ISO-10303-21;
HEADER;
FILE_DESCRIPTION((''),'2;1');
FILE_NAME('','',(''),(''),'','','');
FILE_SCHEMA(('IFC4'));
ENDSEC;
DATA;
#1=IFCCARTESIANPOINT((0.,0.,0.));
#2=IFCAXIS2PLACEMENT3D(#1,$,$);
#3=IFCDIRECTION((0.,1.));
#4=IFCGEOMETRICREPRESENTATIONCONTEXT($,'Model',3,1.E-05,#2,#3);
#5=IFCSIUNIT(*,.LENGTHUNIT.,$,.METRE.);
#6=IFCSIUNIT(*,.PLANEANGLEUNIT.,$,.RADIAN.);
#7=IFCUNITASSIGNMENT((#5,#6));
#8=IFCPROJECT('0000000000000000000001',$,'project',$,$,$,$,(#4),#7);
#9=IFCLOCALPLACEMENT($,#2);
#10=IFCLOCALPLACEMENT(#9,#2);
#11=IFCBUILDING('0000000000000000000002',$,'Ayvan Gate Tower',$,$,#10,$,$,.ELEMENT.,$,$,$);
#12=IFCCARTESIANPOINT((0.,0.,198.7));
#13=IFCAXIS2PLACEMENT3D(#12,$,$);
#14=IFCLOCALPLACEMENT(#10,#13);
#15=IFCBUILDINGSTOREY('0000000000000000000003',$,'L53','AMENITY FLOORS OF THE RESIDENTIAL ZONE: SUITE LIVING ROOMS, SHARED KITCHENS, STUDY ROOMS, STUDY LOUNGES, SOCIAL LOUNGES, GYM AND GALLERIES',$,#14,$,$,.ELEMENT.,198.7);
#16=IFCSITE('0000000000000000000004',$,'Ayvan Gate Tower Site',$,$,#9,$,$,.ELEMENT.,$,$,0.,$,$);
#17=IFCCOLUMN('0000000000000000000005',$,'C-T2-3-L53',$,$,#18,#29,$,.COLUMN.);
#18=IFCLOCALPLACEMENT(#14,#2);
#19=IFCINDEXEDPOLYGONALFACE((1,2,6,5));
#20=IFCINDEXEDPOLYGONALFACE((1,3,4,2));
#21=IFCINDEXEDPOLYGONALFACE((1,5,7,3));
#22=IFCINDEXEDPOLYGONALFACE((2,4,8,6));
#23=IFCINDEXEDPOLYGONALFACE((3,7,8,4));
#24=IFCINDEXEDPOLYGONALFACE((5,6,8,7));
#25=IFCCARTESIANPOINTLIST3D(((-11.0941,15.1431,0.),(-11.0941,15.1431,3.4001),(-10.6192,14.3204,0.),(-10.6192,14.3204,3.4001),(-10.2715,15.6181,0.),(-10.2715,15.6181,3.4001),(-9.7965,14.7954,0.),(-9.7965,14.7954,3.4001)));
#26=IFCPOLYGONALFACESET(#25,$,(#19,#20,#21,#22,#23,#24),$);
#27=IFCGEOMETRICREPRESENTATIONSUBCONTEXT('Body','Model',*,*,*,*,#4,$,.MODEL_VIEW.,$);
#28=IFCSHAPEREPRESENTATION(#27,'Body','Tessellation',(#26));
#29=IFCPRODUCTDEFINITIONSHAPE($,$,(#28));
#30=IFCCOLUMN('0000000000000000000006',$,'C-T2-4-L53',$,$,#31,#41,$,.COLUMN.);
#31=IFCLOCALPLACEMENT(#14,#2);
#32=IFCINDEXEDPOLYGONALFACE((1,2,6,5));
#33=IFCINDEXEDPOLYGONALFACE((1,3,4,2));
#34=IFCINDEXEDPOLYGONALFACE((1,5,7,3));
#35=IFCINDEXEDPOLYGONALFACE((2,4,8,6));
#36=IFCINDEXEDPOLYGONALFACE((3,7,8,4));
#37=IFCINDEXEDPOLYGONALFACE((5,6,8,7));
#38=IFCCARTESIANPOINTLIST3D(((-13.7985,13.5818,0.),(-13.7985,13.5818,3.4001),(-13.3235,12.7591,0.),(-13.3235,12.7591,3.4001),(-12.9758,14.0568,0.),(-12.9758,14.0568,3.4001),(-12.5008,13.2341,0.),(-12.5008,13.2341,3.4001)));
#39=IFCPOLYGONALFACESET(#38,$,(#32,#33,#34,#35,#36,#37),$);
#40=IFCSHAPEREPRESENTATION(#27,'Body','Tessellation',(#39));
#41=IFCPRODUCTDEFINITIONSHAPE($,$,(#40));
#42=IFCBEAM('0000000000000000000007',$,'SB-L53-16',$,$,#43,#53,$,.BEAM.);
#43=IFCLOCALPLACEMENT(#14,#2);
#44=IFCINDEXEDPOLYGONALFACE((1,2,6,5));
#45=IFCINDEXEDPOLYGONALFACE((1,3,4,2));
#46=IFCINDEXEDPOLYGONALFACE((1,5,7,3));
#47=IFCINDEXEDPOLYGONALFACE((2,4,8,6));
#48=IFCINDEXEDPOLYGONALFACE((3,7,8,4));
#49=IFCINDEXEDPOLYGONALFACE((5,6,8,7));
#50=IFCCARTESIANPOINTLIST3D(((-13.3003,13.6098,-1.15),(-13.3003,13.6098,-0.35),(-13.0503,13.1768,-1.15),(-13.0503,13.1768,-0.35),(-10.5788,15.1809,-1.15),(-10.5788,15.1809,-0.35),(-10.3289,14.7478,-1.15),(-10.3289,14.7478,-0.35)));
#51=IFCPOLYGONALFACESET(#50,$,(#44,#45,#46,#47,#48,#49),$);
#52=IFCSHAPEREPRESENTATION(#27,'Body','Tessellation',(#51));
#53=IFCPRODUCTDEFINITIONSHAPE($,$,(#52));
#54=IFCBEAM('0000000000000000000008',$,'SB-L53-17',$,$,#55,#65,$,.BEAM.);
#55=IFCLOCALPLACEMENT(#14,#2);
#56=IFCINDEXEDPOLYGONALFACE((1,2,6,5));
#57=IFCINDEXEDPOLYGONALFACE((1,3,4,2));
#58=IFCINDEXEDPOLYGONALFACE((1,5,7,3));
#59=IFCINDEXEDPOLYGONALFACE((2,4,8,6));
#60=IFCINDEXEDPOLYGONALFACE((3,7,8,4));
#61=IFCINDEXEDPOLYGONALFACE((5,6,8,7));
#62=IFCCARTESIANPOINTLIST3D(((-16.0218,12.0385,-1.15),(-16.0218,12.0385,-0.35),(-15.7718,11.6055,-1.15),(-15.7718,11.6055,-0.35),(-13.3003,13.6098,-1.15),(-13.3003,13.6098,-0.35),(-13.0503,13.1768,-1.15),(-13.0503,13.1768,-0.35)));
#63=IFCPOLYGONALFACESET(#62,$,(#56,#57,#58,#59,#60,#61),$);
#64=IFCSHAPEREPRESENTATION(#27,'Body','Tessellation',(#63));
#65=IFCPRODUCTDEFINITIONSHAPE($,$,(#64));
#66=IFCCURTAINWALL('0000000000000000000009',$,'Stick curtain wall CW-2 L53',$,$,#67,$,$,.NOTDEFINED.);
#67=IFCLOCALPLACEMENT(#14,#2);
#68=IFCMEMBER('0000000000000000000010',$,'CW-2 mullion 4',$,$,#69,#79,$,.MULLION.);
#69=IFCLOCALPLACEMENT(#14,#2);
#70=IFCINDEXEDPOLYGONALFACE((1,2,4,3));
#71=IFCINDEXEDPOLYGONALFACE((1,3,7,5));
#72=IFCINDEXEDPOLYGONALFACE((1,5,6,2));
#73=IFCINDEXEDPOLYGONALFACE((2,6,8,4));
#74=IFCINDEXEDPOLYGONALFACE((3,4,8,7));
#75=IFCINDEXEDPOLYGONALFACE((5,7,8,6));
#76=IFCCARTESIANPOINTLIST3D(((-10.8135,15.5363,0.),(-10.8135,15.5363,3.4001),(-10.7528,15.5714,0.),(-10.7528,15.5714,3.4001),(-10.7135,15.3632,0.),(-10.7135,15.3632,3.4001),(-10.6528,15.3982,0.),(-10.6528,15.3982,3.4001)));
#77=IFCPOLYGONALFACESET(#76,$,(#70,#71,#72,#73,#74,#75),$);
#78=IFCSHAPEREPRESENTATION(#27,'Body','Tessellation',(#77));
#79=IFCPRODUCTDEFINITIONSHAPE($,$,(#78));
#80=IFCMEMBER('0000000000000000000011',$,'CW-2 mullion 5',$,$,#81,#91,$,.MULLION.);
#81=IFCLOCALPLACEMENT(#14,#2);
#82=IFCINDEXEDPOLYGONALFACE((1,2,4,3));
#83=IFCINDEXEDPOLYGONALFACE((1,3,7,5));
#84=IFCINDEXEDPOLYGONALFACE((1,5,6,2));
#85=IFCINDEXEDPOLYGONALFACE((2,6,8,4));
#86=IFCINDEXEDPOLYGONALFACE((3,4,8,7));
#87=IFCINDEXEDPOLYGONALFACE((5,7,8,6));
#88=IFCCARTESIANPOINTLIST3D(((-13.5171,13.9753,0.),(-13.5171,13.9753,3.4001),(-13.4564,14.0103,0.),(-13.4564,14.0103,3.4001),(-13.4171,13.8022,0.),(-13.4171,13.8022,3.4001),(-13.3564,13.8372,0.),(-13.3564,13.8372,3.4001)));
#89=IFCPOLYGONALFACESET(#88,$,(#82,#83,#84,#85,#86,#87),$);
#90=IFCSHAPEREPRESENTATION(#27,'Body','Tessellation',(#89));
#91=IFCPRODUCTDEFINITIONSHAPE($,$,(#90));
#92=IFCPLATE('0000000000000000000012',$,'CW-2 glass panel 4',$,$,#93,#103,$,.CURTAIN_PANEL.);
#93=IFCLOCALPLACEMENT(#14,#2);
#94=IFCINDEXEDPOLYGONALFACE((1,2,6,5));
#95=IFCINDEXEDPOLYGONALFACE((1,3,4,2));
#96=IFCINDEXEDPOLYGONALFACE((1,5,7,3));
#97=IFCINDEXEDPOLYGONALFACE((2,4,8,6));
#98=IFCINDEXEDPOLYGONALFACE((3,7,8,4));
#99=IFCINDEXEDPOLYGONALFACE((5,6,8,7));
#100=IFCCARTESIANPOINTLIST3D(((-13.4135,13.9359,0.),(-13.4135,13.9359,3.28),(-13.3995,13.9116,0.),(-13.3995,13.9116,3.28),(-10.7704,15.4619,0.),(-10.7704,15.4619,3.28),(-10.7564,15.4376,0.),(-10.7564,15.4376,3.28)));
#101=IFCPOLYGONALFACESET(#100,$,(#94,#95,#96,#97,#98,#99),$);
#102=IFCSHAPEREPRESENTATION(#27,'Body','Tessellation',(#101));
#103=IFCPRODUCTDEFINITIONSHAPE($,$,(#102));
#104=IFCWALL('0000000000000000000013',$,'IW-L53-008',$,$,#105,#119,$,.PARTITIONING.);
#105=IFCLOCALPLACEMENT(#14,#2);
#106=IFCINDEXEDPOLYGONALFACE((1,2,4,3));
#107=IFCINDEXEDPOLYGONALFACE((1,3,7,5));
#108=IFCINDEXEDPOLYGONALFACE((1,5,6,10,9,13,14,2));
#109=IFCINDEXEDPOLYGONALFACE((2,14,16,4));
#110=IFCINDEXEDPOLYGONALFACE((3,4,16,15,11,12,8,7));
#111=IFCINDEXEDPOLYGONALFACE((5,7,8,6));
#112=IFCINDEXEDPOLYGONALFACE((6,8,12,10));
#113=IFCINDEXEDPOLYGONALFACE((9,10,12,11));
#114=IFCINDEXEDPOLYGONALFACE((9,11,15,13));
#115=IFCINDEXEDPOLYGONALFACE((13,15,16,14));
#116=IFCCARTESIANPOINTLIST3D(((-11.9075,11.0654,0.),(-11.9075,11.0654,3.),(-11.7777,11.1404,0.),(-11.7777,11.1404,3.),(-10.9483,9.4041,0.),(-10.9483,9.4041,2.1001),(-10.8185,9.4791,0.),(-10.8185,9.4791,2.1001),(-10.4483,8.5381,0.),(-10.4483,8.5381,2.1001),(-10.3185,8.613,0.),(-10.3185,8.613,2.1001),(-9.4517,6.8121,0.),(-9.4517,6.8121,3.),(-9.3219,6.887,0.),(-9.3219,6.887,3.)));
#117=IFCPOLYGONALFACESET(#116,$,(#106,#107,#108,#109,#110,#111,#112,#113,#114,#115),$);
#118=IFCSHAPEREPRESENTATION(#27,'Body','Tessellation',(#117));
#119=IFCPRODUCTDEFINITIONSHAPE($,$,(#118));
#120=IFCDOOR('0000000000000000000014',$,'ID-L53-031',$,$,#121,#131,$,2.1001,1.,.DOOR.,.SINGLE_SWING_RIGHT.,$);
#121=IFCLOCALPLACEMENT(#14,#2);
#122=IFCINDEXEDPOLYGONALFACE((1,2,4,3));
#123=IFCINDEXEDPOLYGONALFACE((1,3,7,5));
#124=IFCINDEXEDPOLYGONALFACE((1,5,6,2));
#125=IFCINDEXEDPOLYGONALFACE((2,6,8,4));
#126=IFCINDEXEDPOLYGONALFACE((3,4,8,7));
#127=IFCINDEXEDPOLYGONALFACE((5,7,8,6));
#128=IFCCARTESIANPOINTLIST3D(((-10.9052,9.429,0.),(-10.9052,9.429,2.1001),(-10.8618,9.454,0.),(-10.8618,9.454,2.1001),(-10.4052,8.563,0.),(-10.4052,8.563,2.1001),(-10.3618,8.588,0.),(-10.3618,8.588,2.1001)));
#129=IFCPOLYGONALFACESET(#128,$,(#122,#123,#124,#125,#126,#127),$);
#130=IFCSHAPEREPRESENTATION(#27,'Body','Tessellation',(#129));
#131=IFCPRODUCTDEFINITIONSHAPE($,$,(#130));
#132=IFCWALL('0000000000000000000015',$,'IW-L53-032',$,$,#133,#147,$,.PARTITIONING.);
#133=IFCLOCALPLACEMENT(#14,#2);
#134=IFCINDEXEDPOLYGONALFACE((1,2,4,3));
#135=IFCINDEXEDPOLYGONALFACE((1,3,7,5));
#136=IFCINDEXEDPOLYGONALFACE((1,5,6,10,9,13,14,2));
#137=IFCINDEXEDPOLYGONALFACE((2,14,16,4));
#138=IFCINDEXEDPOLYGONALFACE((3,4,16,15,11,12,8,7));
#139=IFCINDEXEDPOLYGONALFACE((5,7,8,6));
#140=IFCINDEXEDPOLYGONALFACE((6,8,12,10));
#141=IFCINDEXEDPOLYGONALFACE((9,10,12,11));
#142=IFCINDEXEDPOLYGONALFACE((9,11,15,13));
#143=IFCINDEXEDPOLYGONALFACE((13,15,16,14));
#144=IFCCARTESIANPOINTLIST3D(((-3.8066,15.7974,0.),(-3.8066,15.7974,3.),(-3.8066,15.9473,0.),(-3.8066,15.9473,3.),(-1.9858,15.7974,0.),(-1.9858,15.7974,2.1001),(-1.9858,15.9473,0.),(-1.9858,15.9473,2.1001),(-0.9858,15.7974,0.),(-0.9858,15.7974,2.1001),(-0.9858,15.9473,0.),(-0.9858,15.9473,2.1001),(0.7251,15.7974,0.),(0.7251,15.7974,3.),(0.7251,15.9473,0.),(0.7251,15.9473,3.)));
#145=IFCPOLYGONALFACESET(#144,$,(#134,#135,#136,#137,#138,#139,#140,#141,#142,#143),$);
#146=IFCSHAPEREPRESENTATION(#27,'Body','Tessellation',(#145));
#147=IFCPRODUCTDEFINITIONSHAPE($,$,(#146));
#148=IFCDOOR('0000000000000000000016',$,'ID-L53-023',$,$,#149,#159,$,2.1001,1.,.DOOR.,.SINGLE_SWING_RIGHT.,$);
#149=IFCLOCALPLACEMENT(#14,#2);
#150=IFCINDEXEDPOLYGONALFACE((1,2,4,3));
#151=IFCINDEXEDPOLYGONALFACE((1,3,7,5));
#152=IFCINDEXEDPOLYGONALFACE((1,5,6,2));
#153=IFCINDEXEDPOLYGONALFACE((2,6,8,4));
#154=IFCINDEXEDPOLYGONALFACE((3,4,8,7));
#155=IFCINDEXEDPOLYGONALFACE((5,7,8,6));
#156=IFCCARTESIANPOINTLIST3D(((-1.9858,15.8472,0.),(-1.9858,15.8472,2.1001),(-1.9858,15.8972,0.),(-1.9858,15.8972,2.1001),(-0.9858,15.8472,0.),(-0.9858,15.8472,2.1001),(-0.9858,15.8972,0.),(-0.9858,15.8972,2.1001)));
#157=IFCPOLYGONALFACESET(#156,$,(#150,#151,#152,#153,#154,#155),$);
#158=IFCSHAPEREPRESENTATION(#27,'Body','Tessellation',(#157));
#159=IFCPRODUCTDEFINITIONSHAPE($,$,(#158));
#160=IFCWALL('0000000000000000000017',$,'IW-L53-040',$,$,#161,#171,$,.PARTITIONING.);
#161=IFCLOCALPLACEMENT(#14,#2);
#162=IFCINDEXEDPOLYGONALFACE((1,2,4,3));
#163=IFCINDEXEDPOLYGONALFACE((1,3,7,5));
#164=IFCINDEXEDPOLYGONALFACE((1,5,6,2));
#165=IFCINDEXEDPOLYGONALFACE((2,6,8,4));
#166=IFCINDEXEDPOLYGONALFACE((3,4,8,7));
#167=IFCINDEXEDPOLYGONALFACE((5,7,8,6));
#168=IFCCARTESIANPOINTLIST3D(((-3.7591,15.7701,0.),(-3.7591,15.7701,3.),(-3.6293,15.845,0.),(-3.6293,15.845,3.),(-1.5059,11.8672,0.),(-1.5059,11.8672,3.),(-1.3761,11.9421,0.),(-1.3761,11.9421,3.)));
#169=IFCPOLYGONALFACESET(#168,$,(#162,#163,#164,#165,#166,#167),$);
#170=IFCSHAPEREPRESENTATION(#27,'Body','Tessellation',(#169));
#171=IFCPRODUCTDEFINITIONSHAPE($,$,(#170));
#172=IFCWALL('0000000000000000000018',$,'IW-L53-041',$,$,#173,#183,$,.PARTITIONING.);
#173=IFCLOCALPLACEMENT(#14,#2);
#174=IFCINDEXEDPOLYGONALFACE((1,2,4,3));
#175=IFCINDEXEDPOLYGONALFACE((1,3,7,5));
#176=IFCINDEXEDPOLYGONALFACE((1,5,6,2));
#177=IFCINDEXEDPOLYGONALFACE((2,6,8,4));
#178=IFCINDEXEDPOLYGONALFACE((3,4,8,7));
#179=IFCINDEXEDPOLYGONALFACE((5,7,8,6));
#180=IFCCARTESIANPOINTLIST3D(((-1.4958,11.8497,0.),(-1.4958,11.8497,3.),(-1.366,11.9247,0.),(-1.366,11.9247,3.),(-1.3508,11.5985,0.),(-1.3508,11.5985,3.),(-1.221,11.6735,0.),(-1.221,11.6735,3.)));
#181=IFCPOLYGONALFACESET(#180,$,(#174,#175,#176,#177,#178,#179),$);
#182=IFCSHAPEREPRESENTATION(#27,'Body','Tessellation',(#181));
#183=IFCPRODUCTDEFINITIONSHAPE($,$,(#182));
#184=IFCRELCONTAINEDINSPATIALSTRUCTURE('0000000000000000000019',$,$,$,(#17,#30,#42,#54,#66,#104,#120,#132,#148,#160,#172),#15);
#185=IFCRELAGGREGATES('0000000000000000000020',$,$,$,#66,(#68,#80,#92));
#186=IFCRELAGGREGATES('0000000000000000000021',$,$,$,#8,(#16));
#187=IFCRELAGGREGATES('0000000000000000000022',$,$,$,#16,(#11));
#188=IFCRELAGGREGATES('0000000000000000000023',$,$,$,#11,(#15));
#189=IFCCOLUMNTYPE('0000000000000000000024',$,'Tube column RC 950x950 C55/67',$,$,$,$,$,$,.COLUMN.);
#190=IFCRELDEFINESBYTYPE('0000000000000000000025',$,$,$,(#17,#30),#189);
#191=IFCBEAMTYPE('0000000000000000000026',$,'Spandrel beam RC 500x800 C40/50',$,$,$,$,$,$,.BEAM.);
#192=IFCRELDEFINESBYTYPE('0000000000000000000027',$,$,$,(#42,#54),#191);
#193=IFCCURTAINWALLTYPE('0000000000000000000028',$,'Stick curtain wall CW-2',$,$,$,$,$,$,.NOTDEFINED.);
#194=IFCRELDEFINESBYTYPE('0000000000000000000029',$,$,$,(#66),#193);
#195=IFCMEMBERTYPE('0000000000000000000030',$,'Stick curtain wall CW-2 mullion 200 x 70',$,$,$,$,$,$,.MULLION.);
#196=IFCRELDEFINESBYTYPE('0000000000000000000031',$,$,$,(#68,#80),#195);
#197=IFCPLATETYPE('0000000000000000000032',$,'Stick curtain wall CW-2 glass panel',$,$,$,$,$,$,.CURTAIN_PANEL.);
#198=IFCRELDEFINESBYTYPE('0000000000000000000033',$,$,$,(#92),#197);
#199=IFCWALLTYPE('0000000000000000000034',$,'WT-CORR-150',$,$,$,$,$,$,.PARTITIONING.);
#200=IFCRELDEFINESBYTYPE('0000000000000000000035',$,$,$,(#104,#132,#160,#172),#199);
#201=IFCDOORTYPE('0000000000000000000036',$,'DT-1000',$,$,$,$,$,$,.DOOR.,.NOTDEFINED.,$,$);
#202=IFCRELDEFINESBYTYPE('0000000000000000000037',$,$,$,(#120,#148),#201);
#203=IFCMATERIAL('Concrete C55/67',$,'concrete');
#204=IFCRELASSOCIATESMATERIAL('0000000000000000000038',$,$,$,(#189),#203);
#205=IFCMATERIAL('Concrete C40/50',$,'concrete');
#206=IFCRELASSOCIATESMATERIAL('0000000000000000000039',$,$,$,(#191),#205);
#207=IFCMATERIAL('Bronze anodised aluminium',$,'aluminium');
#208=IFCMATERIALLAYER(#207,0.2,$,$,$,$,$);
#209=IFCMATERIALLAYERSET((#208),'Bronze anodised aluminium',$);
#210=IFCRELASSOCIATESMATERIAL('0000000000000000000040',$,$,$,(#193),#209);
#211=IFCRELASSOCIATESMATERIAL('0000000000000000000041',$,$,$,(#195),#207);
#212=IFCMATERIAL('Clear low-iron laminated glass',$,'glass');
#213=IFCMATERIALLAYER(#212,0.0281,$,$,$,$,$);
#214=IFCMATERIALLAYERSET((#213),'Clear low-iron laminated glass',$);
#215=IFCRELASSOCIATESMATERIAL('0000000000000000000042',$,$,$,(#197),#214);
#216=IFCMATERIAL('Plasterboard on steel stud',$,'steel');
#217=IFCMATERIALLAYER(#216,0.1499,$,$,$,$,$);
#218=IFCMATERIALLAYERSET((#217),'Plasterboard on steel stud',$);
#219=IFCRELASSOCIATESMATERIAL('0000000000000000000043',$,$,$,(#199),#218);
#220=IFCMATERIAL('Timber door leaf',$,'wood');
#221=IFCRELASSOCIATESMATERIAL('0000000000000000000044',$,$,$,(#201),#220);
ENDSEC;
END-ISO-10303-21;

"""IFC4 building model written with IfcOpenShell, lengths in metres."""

from ifc_helpers import new_model, si_unit, direction, frame, frame_2d, origin, origin_2d, place, context, subcontext, project, spatial, rectangle, extrude, material, layer, layer_set, material_profile, profile_set, type_object, element, fill, aggregate, save


model = new_model("IFC4")

# Units and contexts
model_context = context("Model", 3, precision=1e-05, world=origin(), true_north=direction((0.0, 1.0)))
body_context = subcontext(model_context, "Body", "Model", "MODEL_VIEW")
ifc_project = project(units=[si_unit("LENGTHUNIT", "METRE"), si_unit("PLANEANGLEUNIT", "RADIAN")], contexts=[model_context])

# Site, building, storey
site_placement = place(None, origin())
site = spatial("IfcSite", under=ifc_project, at=site_placement, Name="Ayvan Gate Tower Site", CompositionType="ELEMENT", RefElevation=0.0)
building_placement = place(site_placement, origin())
building = spatial("IfcBuilding", under=site, at=building_placement, Name="Ayvan Gate Tower", CompositionType="ELEMENT")
storey_placement = place(building_placement, frame((0.0, 0.0, 198.7)))
storey = spatial("IfcBuildingStorey", under=building, at=storey_placement, Name="L53", Description="AMENITY FLOORS OF THE RESIDENTIAL ZONE: SUITE LIVING ROOMS, SHARED KITCHENS, STUDY ROOMS, STUDY LOUNGES, SOCIAL LOUNGES, GYM AND GALLERIES", CompositionType="ELEMENT", Elevation=198.7)

# Columns
ifc_material_1 = material(Name="Concrete C55/67", Category="concrete")
ifc_material_profile_1 = material_profile(ifc_material_1, rectangle(XDim=0.95, YDim=0.95, at=origin_2d()), Name="RC 950x950")
ifc_profile_set_1 = profile_set([ifc_material_profile_1], Name="Concrete C55/67")
column_type = type_object("IfcColumnType", Name="Tube column RC 950x950 C55/67", PredefinedType="COLUMN", material=ifc_profile_set_1)
for number, where, z_axis, x_axis, name in (
    (1, (-10.4453, 14.9692, 0.0), (0.0, 0.0, 1.0), (-0.5, 0.866025, 0.0), "C-T2-3-L53"),
    (2, (-13.1497, 13.408, 0.0), (0.0, 0.0, 1.0), (-0.5, 0.866025, 0.0), "C-T2-4-L53"),
):
    element("IfcColumn", number, at=place(storey_placement, frame(where, z_axis=z_axis, x_axis=x_axis)), inside=storey, type_object=column_type, Name=name, PredefinedType="COLUMN", context=body_context, shape_type="SweptSolid", body=[
        extrude(rectangle(XDim=0.95, YDim=0.95, at=origin_2d()), origin(), (0.0, 0.0, 1.0), 3.4001),
    ])

# Beams
ifc_material_2 = material(Name="Concrete C40/50", Category="concrete")
ifc_material_profile_2 = material_profile(ifc_material_2, rectangle(XDim=0.5, YDim=0.8, at=origin_2d()), Name="RC 500x800")
ifc_profile_set_2 = profile_set([ifc_material_profile_2], Name="Concrete C40/50")
beam_type = type_object("IfcBeamType", Name="Spandrel beam RC 500x800 C40/50", PredefinedType="BEAM", material=ifc_profile_set_2)
beam_1_placement = place(storey_placement, frame((-10.4539, 14.9644, -0.75), z_axis=(-0.86605, -0.499958, 0.0), x_axis=(0.499958, -0.86605, 0.0)))
element("IfcBeam", 3, at=beam_1_placement, inside=storey, type_object=beam_type, Name="SB-L53-16", PredefinedType="BEAM", context=body_context, shape_type="SweptSolid", body=[
    extrude(rectangle(XDim=0.5, YDim=0.8, at=origin_2d()), origin(), (0.0, 0.0, 1.0), 3.1423),
])
beam_2_placement = place(storey_placement, frame((-13.1753, 13.3933, -0.75), z_axis=(-0.866016, -0.500016, 0.0), x_axis=(0.500016, -0.866016, 0.0)))
element("IfcBeam", 4, at=beam_2_placement, inside=storey, type_object=beam_type, Name="SB-L53-17", PredefinedType="BEAM", context=body_context, shape_type="SweptSolid", body=[
    extrude(rectangle(XDim=0.5, YDim=0.8, at=origin_2d()), origin(), (0.0, 0.0, 1.0), 3.1426),
])

# Curtain wall, members, plate
ifc_material_3 = material(Name="Bronze anodised aluminium", Category="aluminium")
ifc_layer_1 = layer(ifc_material_3, 0.2)
ifc_layer_set_1 = layer_set([ifc_layer_1], Name="Bronze anodised aluminium")
curtain_wall_type = type_object("IfcCurtainWallType", Name="Stick curtain wall CW-2", PredefinedType="NOTDEFINED", material=ifc_layer_set_1)
curtain_wall_placement = place(storey_placement, origin())
curtain_wall = element("IfcCurtainWall", 5, at=curtain_wall_placement, inside=storey, type_object=curtain_wall_type, Name="Stick curtain wall CW-2 L53", PredefinedType="NOTDEFINED")
ifc_material_profile_3 = material_profile(ifc_material_3, rectangle(XDim=0.2, YDim=0.0701, at=origin_2d()), Name="Stick curtain wall CW-2 mullion 200 x 70")
ifc_profile_set_3 = profile_set([ifc_material_profile_3], Name="Bronze anodised aluminium")
member_type = type_object("IfcMemberType", Name="Stick curtain wall CW-2 mullion 200 x 70", PredefinedType="MULLION", material=ifc_profile_set_3)
member_1_placement = place(storey_placement, frame((-10.7332, 15.4673, 0.0), z_axis=(0.0, 0.0, 1.0), x_axis=(-0.5, 0.866025, 0.0)))
member_1 = element("IfcMember", 6, at=member_1_placement, type_object=member_type, Name="CW-2 mullion 4", PredefinedType="MULLION", context=body_context, shape_type="SweptSolid", body=[
    extrude(rectangle(XDim=0.2, YDim=0.0701, at=origin_2d()), origin(), (0.0, 0.0, 1.0), 3.4001),
])
member_2_placement = place(storey_placement, frame((-13.4368, 13.9062, 0.0), z_axis=(0.0, 0.0, 1.0), x_axis=(-0.5, 0.866025, 0.0)))
member_2 = element("IfcMember", 7, at=member_2_placement, type_object=member_type, Name="CW-2 mullion 5", PredefinedType="MULLION", context=body_context, shape_type="SweptSolid", body=[
    extrude(rectangle(XDim=0.2, YDim=0.0701, at=origin_2d()), origin(), (0.0, 0.0, 1.0), 3.4001),
])
ifc_material_4 = material(Name="Clear low-iron laminated glass", Category="glass")
ifc_layer_2 = layer(ifc_material_4, 0.0281)
ifc_layer_set_2 = layer_set([ifc_layer_2], Name="Clear low-iron laminated glass")
plate_type = type_object("IfcPlateType", Name="Stick curtain wall CW-2 glass panel", PredefinedType="CURTAIN_PANEL", material=ifc_layer_set_2)
plate_placement = place(storey_placement, frame((-12.085, 14.6868, 0.0), z_axis=(0.0, 0.0, 1.0), x_axis=(-0.866025, -0.5, 0.0)))
plate = element("IfcPlate", 8, at=plate_placement, type_object=plate_type, Name="CW-2 glass panel 4", PredefinedType="CURTAIN_PANEL", context=body_context, shape_type="SweptSolid", body=[
    extrude(rectangle(XDim=3.052, YDim=0.0281, at=origin_2d()), origin(), (0.0, 0.0, 1.0), 3.28),
])
aggregate(curtain_wall, [member_1, member_2, plate])

# Walls, openings, doors
ifc_material_5 = material(Name="Plasterboard on steel stud", Category="steel")
ifc_layer_3 = layer(ifc_material_5, 0.1499)
ifc_layer_set_3 = layer_set([ifc_layer_3], Name="Plasterboard on steel stud")
wall_type_1 = type_object("IfcWallType", Name="WT-CORR-150", PredefinedType="PARTITIONING", material=ifc_layer_set_3)
wall_1_placement = place(storey_placement, frame((-11.8425, 11.1028, 0.0), z_axis=(0.0, 0.0, 1.0), x_axis=(0.500015, -0.866017, 0.0)))
wall_1 = element("IfcWall", 9, at=wall_1_placement, inside=storey, type_object=wall_type_1, Name="IW-L53-008", PredefinedType="PARTITIONING", context=body_context, shape_type="SweptSolid", body=[
    extrude(rectangle(XDim=4.9114, YDim=0.1499, at=frame_2d((2.4556, 0.0))), origin(), (0.0, 0.0, 1.0), 3.0),
])
opening_1_placement = place(wall_1_placement, frame((1.9182, 0.0, 0.0)))
opening_1 = element("IfcOpeningElement", 10, at=opening_1_placement, cuts=wall_1, PredefinedType="OPENING", context=body_context, shape_type="SweptSolid", body=[
    extrude(rectangle(XDim=1.0, YDim=2.1001, at=frame_2d((0.5, 1.05))), frame((0.0, 0.085, 0.0), z_axis=(0.0, -1.0, 0.0), x_axis=(1.0, 0.0, 0.0)), (0.0, 0.0, 1.0), 0.1699),
])
ifc_material_6 = material(Name="Timber door leaf", Category="wood")
door_type = type_object("IfcDoorType", Name="DT-1000", OperationType="NOTDEFINED", PredefinedType="DOOR", material=ifc_material_6)
door_1_placement = place(opening_1_placement, origin())
door_1 = element("IfcDoor", 11, at=door_1_placement, inside=storey, type_object=door_type, Name="ID-L53-031", OperationType="SINGLE_SWING_RIGHT", OverallHeight=2.1001, OverallWidth=1.0, PredefinedType="DOOR", context=body_context, shape_type="SweptSolid", body=[
    extrude(rectangle(XDim=1.0, YDim=2.1001, at=frame_2d((0.5, 1.05))), frame((0.0, 0.0249, 0.0), z_axis=(0.0, -1.0, 0.0), x_axis=(1.0, 0.0, 0.0)), (0.0, 0.0, 1.0), 0.05),
])
fill(opening_1, door_1)
wall_2_placement = place(storey_placement, frame((-3.8066, 15.8723, 0.0), z_axis=(0.0, 0.0, 1.0), x_axis=(1.0, 0.0, 0.0)))
wall_2 = element("IfcWall", 12, at=wall_2_placement, inside=storey, type_object=wall_type_1, Name="IW-L53-032", PredefinedType="PARTITIONING", context=body_context, shape_type="SweptSolid", body=[
    extrude(rectangle(XDim=4.5317, YDim=0.1499, at=frame_2d((2.2659, 0.0))), origin(), (0.0, 0.0, 1.0), 3.0),
])
opening_2_placement = place(wall_2_placement, frame((1.8208, 0.0, 0.0)))
opening_2 = element("IfcOpeningElement", 13, at=opening_2_placement, cuts=wall_2, PredefinedType="OPENING", context=body_context, shape_type="SweptSolid", body=[
    extrude(rectangle(XDim=1.0, YDim=2.1001, at=frame_2d((0.5, 1.05))), frame((0.0, 0.085, 0.0), z_axis=(0.0, -1.0, 0.0), x_axis=(1.0, 0.0, 0.0)), (0.0, 0.0, 1.0), 0.1699),
])
door_2_placement = place(opening_2_placement, origin())
door_2 = element("IfcDoor", 14, at=door_2_placement, inside=storey, type_object=door_type, Name="ID-L53-023", OperationType="SINGLE_SWING_RIGHT", OverallHeight=2.1001, OverallWidth=1.0, PredefinedType="DOOR", context=body_context, shape_type="SweptSolid", body=[
    extrude(rectangle(XDim=1.0, YDim=2.1001, at=frame_2d((0.5, 1.05))), frame((0.0, 0.0249, 0.0), z_axis=(0.0, -1.0, 0.0), x_axis=(1.0, 0.0, 0.0)), (0.0, 0.0, 1.0), 0.05),
])
fill(opening_2, door_2)

# Walls
wall_3_placement = place(storey_placement, frame((-1.4409, 11.9045, 0.0), z_axis=(0.0, 0.0, 1.0), x_axis=(-0.499979, 0.866038, 0.0)))
element("IfcWall", 15, at=wall_3_placement, inside=storey, type_object=wall_type_1, Name="IW-L53-040", PredefinedType="PARTITIONING", context=body_context, shape_type="SweptSolid", body=[
    extrude(rectangle(XDim=4.5066, YDim=0.1499, at=frame_2d((2.2534, 0.0))), origin(), (0.0, 0.0, 1.0), 3.0),
])
wall_4_placement = place(storey_placement, frame((-1.4309, 11.8872, 0.0), z_axis=(0.0, 0.0, 1.0), x_axis=(0.499941, -0.866059, 0.0)))
element("IfcWall", 16, at=wall_4_placement, inside=storey, type_object=wall_type_1, Name="IW-L53-041", PredefinedType="PARTITIONING", context=body_context, shape_type="SweptSolid", body=[
    extrude(rectangle(XDim=0.29, YDim=0.1499, at=frame_2d((0.145, 0.0))), origin(), (0.0, 0.0, 1.0), 3.0),
])

save(model, "model.ifc")
